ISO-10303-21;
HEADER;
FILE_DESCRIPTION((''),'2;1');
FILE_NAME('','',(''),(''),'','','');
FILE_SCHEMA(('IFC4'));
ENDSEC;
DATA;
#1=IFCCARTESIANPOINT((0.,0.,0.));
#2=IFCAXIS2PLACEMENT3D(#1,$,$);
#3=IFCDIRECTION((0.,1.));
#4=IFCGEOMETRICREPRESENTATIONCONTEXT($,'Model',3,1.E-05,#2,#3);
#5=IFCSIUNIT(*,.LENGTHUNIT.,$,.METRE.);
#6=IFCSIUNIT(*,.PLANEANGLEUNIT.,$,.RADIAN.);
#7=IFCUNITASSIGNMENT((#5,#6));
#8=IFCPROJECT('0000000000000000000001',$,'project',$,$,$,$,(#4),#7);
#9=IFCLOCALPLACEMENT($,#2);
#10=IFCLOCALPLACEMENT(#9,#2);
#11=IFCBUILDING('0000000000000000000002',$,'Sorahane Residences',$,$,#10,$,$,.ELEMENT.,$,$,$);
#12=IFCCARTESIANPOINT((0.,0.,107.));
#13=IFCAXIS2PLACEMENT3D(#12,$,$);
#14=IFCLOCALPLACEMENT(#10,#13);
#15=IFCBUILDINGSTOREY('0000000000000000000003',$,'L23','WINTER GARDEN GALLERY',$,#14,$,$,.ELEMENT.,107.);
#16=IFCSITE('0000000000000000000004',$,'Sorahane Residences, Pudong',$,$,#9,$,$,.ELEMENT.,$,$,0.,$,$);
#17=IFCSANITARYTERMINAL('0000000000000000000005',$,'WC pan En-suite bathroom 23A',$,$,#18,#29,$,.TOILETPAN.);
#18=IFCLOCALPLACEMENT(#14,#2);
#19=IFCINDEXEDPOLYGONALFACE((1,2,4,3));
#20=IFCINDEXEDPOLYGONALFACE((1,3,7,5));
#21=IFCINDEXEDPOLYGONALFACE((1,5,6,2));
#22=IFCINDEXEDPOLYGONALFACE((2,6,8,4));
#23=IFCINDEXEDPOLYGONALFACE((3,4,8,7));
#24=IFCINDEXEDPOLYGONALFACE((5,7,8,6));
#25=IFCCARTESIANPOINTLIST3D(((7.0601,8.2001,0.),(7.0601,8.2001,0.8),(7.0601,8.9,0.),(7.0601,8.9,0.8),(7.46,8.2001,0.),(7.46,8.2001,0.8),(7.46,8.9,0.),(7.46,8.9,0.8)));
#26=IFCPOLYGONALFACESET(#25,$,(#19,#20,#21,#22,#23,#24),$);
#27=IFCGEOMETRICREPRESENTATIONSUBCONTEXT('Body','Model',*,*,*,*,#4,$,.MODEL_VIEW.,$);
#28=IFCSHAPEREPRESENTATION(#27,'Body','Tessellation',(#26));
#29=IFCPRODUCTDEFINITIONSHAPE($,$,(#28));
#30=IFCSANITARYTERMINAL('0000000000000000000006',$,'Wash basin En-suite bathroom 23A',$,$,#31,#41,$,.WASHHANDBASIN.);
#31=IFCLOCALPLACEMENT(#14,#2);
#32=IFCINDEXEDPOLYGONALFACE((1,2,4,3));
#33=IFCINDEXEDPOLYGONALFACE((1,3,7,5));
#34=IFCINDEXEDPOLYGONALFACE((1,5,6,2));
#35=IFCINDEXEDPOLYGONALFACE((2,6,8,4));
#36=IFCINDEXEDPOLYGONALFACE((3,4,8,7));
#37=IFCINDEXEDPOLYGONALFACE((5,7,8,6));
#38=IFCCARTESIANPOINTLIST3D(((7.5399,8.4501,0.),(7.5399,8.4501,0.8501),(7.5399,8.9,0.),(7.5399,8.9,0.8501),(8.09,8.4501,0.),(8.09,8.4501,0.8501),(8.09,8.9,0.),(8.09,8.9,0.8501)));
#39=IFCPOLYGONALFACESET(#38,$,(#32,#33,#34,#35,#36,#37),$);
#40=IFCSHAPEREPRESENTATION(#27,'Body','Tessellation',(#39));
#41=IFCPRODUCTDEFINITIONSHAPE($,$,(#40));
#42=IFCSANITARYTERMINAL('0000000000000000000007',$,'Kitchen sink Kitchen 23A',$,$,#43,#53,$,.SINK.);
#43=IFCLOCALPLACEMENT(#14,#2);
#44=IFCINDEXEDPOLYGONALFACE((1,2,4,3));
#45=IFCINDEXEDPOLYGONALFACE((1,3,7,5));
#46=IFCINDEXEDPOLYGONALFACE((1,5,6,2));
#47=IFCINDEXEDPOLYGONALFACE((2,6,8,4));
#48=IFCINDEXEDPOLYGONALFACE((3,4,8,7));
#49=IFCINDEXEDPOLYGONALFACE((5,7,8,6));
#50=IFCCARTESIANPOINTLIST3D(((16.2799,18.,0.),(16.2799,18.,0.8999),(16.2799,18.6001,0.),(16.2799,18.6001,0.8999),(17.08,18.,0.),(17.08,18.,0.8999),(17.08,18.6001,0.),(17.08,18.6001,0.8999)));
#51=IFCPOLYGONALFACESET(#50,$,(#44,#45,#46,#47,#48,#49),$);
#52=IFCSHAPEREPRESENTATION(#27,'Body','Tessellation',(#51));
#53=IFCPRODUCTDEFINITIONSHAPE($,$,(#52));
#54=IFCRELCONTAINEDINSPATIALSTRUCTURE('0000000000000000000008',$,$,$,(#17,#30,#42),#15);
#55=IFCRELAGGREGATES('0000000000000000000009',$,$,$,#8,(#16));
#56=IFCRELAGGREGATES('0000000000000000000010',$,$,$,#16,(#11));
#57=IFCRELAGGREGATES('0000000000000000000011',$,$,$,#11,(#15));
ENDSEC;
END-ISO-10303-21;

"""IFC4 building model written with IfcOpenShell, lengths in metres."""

from ifc_helpers import new_model, si_unit, direction, frame, origin, origin_2d, place, context, subcontext, project, spatial, rectangle, extrude, element, save


model = new_model("IFC4")

# Units and contexts
model_context = context("Model", 3, precision=1e-05, world=origin(), true_north=direction((0.0, 1.0)))
body_context = subcontext(model_context, "Body", "Model", "MODEL_VIEW")
ifc_project = project(units=[si_unit("LENGTHUNIT", "METRE"), si_unit("PLANEANGLEUNIT", "RADIAN")], contexts=[model_context])

# Site, building, storey
site_placement = place(None, origin())
site = spatial("IfcSite", under=ifc_project, at=site_placement, Name="Sorahane Residences, Pudong", CompositionType="ELEMENT", RefElevation=0.0)
building_placement = place(site_placement, origin())
building = spatial("IfcBuilding", under=site, at=building_placement, Name="Sorahane Residences", CompositionType="ELEMENT")
storey_placement = place(building_placement, frame((0.0, 0.0, 107.0)))
storey = spatial("IfcBuildingStorey", under=building, at=storey_placement, Name="L23", Description="WINTER GARDEN GALLERY", CompositionType="ELEMENT", Elevation=107.0)

# Sanitary terminals
sanitary_terminal_1_placement = place(storey_placement, frame((7.26, 8.55, 0.0), z_axis=(0.0, 0.0, 1.0), x_axis=(1.0, 0.0, 0.0)))
element("IfcSanitaryTerminal", 1, at=sanitary_terminal_1_placement, inside=storey, Name="WC pan En-suite bathroom 23A", PredefinedType="TOILETPAN", context=body_context, shape_type="SweptSolid", body=[
    extrude(rectangle(XDim=0.3999, YDim=0.7, at=origin_2d()), origin(), (0.0, 0.0, 1.0), 0.8),
])
sanitary_terminal_2_placement = place(storey_placement, frame((7.8149, 8.675, 0.0), z_axis=(0.0, 0.0, 1.0), x_axis=(1.0, 0.0, 0.0)))
element("IfcSanitaryTerminal", 2, at=sanitary_terminal_2_placement, inside=storey, Name="Wash basin En-suite bathroom 23A", PredefinedType="WASHHANDBASIN", context=body_context, shape_type="SweptSolid", body=[
    extrude(rectangle(XDim=0.55, YDim=0.45, at=origin_2d()), origin(), (0.0, 0.0, 1.0), 0.8501),
])
sanitary_terminal_3_placement = place(storey_placement, frame((16.6799, 18.3, 0.0), z_axis=(0.0, 0.0, 1.0), x_axis=(1.0, 0.0, 0.0)))
element("IfcSanitaryTerminal", 3, at=sanitary_terminal_3_placement, inside=storey, Name="Kitchen sink Kitchen 23A", PredefinedType="SINK", context=body_context, shape_type="SweptSolid", body=[
    extrude(rectangle(XDim=0.8, YDim=0.6001, at=origin_2d()), origin(), (0.0, 0.0, 1.0), 0.8999),
])

save(model, "model.ifc")
